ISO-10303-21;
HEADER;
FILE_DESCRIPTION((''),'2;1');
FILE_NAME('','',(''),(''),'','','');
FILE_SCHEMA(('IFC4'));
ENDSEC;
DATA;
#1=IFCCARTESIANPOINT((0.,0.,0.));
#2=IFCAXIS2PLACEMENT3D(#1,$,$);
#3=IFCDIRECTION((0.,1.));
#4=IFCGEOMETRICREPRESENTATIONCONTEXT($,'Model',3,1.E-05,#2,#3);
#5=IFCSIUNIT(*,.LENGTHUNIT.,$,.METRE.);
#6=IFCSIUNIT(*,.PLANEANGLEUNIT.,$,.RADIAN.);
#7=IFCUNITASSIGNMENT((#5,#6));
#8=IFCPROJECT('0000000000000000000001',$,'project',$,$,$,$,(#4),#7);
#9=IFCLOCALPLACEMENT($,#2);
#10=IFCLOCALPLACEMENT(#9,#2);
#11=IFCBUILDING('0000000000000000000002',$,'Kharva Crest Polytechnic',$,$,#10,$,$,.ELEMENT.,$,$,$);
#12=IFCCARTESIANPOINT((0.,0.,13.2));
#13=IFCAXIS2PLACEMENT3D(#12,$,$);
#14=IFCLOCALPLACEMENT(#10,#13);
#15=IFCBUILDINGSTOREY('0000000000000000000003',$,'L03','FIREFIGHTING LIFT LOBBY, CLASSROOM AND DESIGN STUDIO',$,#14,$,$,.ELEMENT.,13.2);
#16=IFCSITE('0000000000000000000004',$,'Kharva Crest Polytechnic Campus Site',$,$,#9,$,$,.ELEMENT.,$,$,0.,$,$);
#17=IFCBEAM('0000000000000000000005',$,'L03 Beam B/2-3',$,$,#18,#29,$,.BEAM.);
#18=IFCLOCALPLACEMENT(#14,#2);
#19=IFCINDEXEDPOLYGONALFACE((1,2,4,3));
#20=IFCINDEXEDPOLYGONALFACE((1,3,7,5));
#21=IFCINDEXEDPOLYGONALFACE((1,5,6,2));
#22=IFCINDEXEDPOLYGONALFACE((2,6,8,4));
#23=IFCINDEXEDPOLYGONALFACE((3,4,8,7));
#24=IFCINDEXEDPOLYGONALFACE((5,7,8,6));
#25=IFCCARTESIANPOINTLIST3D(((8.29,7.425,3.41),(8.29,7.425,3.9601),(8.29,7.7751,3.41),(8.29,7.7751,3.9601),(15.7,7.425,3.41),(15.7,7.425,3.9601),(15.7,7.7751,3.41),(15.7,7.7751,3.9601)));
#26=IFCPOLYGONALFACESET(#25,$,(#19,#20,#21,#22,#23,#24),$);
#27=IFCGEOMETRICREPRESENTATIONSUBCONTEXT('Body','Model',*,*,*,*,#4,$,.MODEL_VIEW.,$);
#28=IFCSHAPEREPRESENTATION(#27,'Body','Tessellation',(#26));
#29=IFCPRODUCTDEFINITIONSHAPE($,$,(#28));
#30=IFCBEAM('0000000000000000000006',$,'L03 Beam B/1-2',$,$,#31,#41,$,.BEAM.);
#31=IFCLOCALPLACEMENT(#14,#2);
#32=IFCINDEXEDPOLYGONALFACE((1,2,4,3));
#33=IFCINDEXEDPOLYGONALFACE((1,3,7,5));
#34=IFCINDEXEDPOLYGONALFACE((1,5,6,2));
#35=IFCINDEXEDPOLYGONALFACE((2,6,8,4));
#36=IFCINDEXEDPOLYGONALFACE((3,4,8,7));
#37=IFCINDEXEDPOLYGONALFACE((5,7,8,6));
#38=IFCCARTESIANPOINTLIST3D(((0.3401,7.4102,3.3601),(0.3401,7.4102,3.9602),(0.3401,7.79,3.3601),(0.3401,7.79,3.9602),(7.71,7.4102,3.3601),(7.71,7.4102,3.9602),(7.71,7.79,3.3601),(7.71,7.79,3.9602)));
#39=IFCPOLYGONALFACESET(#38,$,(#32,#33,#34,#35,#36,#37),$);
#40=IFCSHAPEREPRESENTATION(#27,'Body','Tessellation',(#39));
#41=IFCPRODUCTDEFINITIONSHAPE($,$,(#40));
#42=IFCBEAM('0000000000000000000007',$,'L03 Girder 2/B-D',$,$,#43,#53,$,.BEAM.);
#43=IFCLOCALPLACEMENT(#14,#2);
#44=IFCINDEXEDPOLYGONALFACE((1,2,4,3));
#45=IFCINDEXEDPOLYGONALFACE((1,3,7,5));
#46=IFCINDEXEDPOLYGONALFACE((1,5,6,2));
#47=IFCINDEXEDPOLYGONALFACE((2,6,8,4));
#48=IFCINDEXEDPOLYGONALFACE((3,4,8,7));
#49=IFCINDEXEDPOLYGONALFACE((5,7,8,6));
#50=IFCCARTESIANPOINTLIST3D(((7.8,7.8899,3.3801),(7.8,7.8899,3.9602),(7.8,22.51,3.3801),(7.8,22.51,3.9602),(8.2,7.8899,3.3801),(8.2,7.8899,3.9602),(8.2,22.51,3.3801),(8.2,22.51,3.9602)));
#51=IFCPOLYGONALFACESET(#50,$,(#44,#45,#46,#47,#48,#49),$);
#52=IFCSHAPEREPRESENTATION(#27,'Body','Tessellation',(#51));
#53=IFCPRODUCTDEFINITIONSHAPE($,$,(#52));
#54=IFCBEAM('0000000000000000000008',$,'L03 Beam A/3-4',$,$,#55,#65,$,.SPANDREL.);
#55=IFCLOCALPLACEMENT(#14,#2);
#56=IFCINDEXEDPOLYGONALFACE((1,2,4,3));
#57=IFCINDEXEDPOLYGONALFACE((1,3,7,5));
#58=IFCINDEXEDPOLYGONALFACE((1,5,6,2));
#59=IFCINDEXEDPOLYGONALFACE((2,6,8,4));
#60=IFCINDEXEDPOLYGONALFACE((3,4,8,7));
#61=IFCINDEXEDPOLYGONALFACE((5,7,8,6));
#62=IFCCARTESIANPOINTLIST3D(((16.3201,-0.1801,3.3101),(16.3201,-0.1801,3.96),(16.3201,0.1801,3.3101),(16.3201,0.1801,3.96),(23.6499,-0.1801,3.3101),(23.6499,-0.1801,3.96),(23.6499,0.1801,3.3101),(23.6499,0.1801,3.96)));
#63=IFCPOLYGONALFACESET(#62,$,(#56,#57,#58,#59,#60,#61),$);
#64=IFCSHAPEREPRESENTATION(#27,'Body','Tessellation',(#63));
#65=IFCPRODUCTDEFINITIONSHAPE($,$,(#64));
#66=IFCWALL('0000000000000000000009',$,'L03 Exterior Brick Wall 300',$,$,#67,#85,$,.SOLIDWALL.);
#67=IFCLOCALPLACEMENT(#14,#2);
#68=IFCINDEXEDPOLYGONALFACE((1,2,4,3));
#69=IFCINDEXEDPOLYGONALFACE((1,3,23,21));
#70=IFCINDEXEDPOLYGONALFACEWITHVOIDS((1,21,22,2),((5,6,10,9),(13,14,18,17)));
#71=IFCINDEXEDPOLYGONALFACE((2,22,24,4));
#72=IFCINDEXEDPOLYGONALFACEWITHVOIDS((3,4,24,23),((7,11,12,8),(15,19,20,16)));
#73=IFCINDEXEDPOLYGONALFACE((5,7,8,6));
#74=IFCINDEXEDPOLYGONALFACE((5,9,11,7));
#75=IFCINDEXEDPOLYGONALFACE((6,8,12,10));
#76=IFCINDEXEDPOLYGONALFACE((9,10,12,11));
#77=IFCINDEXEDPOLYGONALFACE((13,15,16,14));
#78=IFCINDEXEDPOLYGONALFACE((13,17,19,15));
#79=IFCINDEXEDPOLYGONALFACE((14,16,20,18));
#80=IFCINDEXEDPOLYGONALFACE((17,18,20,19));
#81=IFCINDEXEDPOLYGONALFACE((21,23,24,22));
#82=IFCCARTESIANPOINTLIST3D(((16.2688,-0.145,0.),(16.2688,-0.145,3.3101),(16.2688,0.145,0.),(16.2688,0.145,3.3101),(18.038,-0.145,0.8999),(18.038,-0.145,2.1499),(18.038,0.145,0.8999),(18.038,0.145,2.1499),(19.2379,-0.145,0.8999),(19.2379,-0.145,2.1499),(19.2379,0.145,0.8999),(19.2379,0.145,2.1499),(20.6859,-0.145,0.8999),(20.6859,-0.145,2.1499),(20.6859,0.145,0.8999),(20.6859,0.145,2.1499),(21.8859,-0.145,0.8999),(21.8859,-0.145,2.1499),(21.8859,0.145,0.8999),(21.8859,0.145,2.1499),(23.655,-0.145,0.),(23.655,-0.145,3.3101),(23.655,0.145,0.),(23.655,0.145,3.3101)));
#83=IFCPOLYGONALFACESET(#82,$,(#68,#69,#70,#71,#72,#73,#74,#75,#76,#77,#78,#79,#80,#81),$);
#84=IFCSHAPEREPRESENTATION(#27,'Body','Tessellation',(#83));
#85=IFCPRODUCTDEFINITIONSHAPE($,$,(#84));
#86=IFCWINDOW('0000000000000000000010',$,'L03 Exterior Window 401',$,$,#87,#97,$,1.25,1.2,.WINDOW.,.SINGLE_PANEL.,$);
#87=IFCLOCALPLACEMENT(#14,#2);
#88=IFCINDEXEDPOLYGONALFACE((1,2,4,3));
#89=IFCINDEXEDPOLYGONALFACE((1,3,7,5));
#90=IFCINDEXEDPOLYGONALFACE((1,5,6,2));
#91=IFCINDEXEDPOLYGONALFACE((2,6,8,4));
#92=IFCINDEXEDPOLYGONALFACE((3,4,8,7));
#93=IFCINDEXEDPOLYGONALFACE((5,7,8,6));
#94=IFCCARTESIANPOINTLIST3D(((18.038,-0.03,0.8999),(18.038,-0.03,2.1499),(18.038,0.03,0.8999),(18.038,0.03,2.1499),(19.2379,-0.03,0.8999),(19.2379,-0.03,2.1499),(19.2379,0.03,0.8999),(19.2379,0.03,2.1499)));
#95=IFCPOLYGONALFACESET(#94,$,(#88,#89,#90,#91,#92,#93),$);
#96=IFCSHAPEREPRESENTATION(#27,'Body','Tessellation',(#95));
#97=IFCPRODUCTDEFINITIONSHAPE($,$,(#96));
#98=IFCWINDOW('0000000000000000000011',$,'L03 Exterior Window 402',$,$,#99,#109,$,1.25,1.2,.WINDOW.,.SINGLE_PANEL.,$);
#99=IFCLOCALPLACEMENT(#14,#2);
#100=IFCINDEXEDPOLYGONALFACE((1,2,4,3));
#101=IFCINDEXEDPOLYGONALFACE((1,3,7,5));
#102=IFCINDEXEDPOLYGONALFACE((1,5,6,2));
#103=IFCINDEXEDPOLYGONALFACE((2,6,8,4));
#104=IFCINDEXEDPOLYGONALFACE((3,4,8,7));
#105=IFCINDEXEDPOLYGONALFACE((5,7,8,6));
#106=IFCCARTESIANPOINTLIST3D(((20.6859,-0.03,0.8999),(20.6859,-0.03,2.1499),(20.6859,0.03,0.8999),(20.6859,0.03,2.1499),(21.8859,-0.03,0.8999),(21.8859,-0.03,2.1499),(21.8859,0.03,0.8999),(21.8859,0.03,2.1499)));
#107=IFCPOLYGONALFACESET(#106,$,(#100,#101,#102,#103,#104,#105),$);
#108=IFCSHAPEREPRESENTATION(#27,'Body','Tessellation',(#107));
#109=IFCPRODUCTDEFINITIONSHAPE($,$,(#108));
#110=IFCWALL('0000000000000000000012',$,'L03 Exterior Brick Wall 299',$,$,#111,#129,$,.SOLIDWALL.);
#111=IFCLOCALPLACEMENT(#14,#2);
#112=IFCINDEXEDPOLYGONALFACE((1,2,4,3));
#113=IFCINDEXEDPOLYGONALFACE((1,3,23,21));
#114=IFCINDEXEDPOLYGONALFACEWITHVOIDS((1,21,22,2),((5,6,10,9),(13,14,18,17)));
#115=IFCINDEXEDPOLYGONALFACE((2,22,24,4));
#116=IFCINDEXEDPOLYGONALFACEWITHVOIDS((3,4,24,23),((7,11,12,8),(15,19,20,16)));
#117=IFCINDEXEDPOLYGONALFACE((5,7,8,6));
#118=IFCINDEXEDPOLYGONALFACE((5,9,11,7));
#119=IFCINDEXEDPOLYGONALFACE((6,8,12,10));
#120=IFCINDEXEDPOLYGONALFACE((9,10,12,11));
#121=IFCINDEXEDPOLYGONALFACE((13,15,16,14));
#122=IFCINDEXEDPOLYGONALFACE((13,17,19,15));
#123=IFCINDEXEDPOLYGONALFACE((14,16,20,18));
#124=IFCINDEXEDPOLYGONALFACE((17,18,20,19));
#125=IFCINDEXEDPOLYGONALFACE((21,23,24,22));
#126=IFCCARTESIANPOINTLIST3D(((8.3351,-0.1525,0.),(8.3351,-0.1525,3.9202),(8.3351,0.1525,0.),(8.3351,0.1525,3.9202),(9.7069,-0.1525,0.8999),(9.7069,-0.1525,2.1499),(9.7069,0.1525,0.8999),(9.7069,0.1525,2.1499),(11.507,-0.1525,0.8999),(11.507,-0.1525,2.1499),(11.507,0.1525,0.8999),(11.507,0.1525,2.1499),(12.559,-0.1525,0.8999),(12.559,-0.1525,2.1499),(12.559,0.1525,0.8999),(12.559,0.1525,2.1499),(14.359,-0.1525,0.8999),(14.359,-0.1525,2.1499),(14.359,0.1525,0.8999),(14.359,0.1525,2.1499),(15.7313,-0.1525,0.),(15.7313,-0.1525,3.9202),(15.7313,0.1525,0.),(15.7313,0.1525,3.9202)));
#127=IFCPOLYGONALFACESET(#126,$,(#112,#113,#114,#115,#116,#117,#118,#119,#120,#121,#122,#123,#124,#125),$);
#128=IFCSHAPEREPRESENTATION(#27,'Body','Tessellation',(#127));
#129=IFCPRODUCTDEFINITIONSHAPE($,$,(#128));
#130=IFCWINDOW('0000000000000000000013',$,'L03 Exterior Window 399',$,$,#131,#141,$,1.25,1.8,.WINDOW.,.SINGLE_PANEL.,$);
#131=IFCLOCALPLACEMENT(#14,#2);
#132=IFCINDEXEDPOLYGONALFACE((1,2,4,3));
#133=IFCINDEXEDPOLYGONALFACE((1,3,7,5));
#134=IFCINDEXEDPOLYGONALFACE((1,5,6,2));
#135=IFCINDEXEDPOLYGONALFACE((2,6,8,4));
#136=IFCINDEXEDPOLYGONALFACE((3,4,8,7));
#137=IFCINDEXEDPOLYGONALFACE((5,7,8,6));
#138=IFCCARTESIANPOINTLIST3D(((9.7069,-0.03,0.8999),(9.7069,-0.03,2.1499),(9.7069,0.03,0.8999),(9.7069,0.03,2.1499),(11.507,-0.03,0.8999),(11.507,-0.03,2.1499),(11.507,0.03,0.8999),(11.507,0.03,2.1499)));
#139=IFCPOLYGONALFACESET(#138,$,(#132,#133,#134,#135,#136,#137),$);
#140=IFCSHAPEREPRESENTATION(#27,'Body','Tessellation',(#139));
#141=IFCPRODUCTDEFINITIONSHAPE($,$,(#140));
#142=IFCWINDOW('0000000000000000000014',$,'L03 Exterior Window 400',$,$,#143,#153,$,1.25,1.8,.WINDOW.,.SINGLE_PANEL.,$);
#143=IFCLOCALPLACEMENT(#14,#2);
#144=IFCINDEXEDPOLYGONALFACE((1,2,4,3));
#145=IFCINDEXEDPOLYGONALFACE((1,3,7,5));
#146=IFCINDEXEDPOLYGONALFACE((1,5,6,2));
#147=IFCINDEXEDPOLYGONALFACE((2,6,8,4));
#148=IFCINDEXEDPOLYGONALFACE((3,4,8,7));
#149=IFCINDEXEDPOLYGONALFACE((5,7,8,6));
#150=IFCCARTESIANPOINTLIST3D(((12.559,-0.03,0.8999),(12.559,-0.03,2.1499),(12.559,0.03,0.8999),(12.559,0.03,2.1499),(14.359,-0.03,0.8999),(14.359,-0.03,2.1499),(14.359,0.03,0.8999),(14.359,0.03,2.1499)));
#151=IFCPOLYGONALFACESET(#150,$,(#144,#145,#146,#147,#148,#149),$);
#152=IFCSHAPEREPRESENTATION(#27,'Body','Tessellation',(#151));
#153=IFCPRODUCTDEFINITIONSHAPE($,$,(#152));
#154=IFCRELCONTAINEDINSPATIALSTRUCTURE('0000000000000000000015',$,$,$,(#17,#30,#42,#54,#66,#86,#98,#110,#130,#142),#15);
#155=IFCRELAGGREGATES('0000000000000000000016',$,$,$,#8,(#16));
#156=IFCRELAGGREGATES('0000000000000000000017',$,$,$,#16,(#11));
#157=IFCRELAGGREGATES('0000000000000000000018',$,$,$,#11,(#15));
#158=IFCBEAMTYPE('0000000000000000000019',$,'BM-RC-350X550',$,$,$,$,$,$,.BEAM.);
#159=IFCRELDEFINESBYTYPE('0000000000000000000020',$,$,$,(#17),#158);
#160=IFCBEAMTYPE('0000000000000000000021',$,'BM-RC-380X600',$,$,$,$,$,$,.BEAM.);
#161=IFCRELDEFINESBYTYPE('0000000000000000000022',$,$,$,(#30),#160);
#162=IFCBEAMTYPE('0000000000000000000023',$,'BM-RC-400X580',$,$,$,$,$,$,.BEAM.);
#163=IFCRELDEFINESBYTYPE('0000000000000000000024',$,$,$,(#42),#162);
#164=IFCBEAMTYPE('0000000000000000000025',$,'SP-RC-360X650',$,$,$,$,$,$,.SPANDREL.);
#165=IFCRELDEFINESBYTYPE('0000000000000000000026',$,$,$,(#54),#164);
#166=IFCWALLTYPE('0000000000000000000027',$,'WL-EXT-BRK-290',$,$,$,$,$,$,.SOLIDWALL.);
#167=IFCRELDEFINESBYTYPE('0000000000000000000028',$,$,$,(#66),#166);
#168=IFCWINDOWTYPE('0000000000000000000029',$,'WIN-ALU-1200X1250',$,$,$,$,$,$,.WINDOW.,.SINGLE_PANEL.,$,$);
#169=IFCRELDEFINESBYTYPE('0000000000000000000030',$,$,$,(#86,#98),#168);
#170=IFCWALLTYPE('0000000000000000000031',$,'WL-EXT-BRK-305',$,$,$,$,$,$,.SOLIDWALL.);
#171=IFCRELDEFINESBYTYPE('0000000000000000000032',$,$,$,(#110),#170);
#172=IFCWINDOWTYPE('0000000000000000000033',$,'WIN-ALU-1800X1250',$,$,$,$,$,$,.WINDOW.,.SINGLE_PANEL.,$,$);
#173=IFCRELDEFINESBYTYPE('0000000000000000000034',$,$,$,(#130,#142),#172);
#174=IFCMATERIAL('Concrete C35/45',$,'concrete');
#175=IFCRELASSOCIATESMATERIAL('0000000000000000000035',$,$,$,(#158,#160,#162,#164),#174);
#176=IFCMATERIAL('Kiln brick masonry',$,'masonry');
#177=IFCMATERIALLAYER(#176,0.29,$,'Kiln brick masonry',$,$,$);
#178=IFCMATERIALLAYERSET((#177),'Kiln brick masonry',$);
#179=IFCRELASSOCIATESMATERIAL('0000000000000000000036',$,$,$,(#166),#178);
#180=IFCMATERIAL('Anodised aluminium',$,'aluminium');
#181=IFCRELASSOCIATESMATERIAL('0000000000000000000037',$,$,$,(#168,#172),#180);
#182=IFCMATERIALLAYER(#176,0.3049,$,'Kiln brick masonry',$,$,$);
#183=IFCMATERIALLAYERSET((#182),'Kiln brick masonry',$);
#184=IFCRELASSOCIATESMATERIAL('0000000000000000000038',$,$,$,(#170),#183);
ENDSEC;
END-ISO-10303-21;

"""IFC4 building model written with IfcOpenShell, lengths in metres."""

from ifc_helpers import new_model, si_unit, direction, frame, frame_2d, origin, origin_2d, place, context, subcontext, project, spatial, rectangle, extrude, material, layer, layer_set, material_profile, profile_set, type_object, element, fill, save


model = new_model("IFC4")

# Units and contexts
model_context = context("Model", 3, precision=1e-05, world=origin(), true_north=direction((0.0, 1.0)))
body_context = subcontext(model_context, "Body", "Model", "MODEL_VIEW")
ifc_project = project(units=[si_unit("LENGTHUNIT", "METRE"), si_unit("PLANEANGLEUNIT", "RADIAN")], contexts=[model_context])

# Site, building, storey
site_placement = place(None, origin())
site = spatial("IfcSite", under=ifc_project, at=site_placement, Name="Kharva Crest Polytechnic Campus Site", CompositionType="ELEMENT", RefElevation=0.0)
building_placement = place(site_placement, origin())
building = spatial("IfcBuilding", under=site, at=building_placement, Name="Kharva Crest Polytechnic", CompositionType="ELEMENT")
storey_placement = place(building_placement, frame((0.0, 0.0, 13.2)))
storey = spatial("IfcBuildingStorey", under=building, at=storey_placement, Name="L03", Description="FIREFIGHTING LIFT LOBBY, CLASSROOM AND DESIGN STUDIO", CompositionType="ELEMENT", Elevation=13.2)

# Beams
ifc_material_1 = material(Name="Concrete C35/45", Category="concrete")
ifc_material_profile_1 = material_profile(ifc_material_1, rectangle(XDim=0.3501, YDim=0.55, at=origin_2d()), Name="RECT 350 X 550")
ifc_profile_set_1 = profile_set([ifc_material_profile_1], Name="Concrete C35/45")
beam_type_1 = type_object("IfcBeamType", Name="BM-RC-350X550", PredefinedType="BEAM", material=ifc_profile_set_1)
beam_1_placement = place(storey_placement, frame((8.29, 7.6001, 3.6851), z_axis=(1.0, 0.0, 0.0), x_axis=(0.0, 1.0, 0.0)))
element("IfcBeam", 1, at=beam_1_placement, inside=storey, type_object=beam_type_1, Name="L03 Beam B/2-3", PredefinedType="BEAM", context=body_context, shape_type="SweptSolid", body=[
    extrude(rectangle(XDim=0.3501, YDim=0.55, at=origin_2d()), origin(), (0.0, 0.0, 1.0), 7.4099),
])
ifc_material_profile_2 = material_profile(ifc_material_1, rectangle(XDim=0.3799, YDim=0.6001, at=origin_2d()), Name="RECT 380 X 600")
ifc_profile_set_2 = profile_set([ifc_material_profile_2], Name="Concrete C35/45")
beam_type_2 = type_object("IfcBeamType", Name="BM-RC-380X600", PredefinedType="BEAM", material=ifc_profile_set_2)
beam_2_placement = place(storey_placement, frame((0.3401, 7.6001, 3.6602), z_axis=(1.0, 0.0, 0.0), x_axis=(0.0, 1.0, 0.0)))
element("IfcBeam", 2, at=beam_2_placement, inside=storey, type_object=beam_type_2, Name="L03 Beam B/1-2", PredefinedType="BEAM", context=body_context, shape_type="SweptSolid", body=[
    extrude(rectangle(XDim=0.3799, YDim=0.6001, at=origin_2d()), origin(), (0.0, 0.0, 1.0), 7.3699),
])
ifc_material_profile_3 = material_profile(ifc_material_1, rectangle(XDim=0.3999, YDim=0.5801, at=origin_2d()), Name="RECT 400 X 580")
ifc_profile_set_3 = profile_set([ifc_material_profile_3], Name="Concrete C35/45")
beam_type_3 = type_object("IfcBeamType", Name="BM-RC-400X580", PredefinedType="BEAM", material=ifc_profile_set_3)
beam_3_placement = place(storey_placement, frame((8.0, 7.8899, 3.6702), z_axis=(0.0, 1.0, 0.0), x_axis=(-1.0, 0.0, 0.0)))
element("IfcBeam", 3, at=beam_3_placement, inside=storey, type_object=beam_type_3, Name="L03 Girder 2/B-D", PredefinedType="BEAM", context=body_context, shape_type="SweptSolid", body=[
    extrude(rectangle(XDim=0.3999, YDim=0.5801, at=origin_2d()), origin(), (0.0, 0.0, 1.0), 14.6201),
])
ifc_material_profile_4 = material_profile(ifc_material_1, rectangle(XDim=0.3601, YDim=0.6499, at=origin_2d()), Name="RECT 360 X 650")
ifc_profile_set_4 = profile_set([ifc_material_profile_4], Name="Concrete C35/45")
beam_type_4 = type_object("IfcBeamType", Name="SP-RC-360X650", PredefinedType="SPANDREL", material=ifc_profile_set_4)
beam_4_placement = place(storey_placement, frame((16.3201, 0.0, 3.635), z_axis=(1.0, 0.0, 0.0), x_axis=(0.0, 1.0, 0.0)))
element("IfcBeam", 4, at=beam_4_placement, inside=storey, type_object=beam_type_4, Name="L03 Beam A/3-4", PredefinedType="SPANDREL", context=body_context, shape_type="SweptSolid", body=[
    extrude(rectangle(XDim=0.3601, YDim=0.6499, at=origin_2d()), origin(), (0.0, 0.0, 1.0), 7.3298),
])

# Walls, openings, windows
ifc_material_2 = material(Name="Kiln brick masonry", Category="masonry")
ifc_layer_1 = layer(ifc_material_2, 0.29, Name="Kiln brick masonry")
ifc_layer_set_1 = layer_set([ifc_layer_1], Name="Kiln brick masonry")
wall_type_1 = type_object("IfcWallType", Name="WL-EXT-BRK-290", PredefinedType="SOLIDWALL", material=ifc_layer_set_1)
wall_1_placement = place(storey_placement, frame((16.2688, 0.0, 0.0), z_axis=(0.0, 0.0, 1.0), x_axis=(1.0, 0.0, 0.0)))
wall_1 = element("IfcWall", 5, at=wall_1_placement, inside=storey, type_object=wall_type_1, Name="L03 Exterior Brick Wall 300", PredefinedType="SOLIDWALL", context=body_context, shape_type="SweptSolid", body=[
    extrude(rectangle(XDim=7.3862, YDim=0.29, at=frame_2d((3.6931, 0.0))), origin(), (0.0, 0.0, 1.0), 3.3101),
])
opening_1_placement = place(wall_1_placement, frame((1.769, 0.0, 0.8999)))
opening_1 = element("IfcOpeningElement", 6, at=opening_1_placement, cuts=wall_1, PredefinedType="OPENING", context=body_context, shape_type="SweptSolid", body=[
    extrude(rectangle(XDim=1.2, YDim=1.25, at=frame_2d((0.6001, 0.625))), frame((0.0, 0.155, 0.0), z_axis=(0.0, -1.0, 0.0), x_axis=(1.0, 0.0, 0.0)), (0.0, 0.0, 1.0), 0.3101),
])
opening_2_placement = place(wall_1_placement, frame((4.417, 0.0, 0.8999)))
opening_2 = element("IfcOpeningElement", 7, at=opening_2_placement, cuts=wall_1, PredefinedType="OPENING", context=body_context, shape_type="SweptSolid", body=[
    extrude(rectangle(XDim=1.2, YDim=1.25, at=frame_2d((0.6001, 0.625))), frame((0.0, 0.155, 0.0), z_axis=(0.0, -1.0, 0.0), x_axis=(1.0, 0.0, 0.0)), (0.0, 0.0, 1.0), 0.3101),
])
ifc_material_3 = material(Name="Anodised aluminium", Category="aluminium")
window_type_1 = type_object("IfcWindowType", Name="WIN-ALU-1200X1250", PartitioningType="SINGLE_PANEL", PredefinedType="WINDOW", material=ifc_material_3)
window_1_placement = place(opening_1_placement, origin())
window_1 = element("IfcWindow", 8, at=window_1_placement, inside=storey, type_object=window_type_1, Name="L03 Exterior Window 401", OverallHeight=1.25, OverallWidth=1.2, PartitioningType="SINGLE_PANEL", PredefinedType="WINDOW", context=body_context, shape_type="SweptSolid", body=[
    extrude(rectangle(XDim=1.2, YDim=1.25, at=frame_2d((0.6001, 0.625))), frame((0.0, 0.03, 0.0), z_axis=(0.0, -1.0, 0.0), x_axis=(1.0, 0.0, 0.0)), (0.0, 0.0, 1.0), 0.0601),
])
fill(opening_1, window_1)
window_2_placement = place(opening_2_placement, origin())
window_2 = element("IfcWindow", 9, at=window_2_placement, inside=storey, type_object=window_type_1, Name="L03 Exterior Window 402", OverallHeight=1.25, OverallWidth=1.2, PartitioningType="SINGLE_PANEL", PredefinedType="WINDOW", context=body_context, shape_type="SweptSolid", body=[
    extrude(rectangle(XDim=1.2, YDim=1.25, at=frame_2d((0.6001, 0.625))), frame((0.0, 0.03, 0.0), z_axis=(0.0, -1.0, 0.0), x_axis=(1.0, 0.0, 0.0)), (0.0, 0.0, 1.0), 0.0601),
])
fill(opening_2, window_2)
ifc_layer_2 = layer(ifc_material_2, 0.3049, Name="Kiln brick masonry")
ifc_layer_set_2 = layer_set([ifc_layer_2], Name="Kiln brick masonry")
wall_type_2 = type_object("IfcWallType", Name="WL-EXT-BRK-305", PredefinedType="SOLIDWALL", material=ifc_layer_set_2)
wall_2_placement = place(storey_placement, frame((8.335, 0.0, 0.0), z_axis=(0.0, 0.0, 1.0), x_axis=(1.0, 0.0, 0.0)))
wall_2 = element("IfcWall", 10, at=wall_2_placement, inside=storey, type_object=wall_type_2, Name="L03 Exterior Brick Wall 299", PredefinedType="SOLIDWALL", context=body_context, shape_type="SweptSolid", body=[
    extrude(rectangle(XDim=7.3962, YDim=0.3049, at=frame_2d((3.6982, 0.0))), origin(), (0.0, 0.0, 1.0), 3.9202),
])
opening_3_placement = place(wall_2_placement, frame((1.3721, 0.0, 0.8999)))
opening_3 = element("IfcOpeningElement", 11, at=opening_3_placement, cuts=wall_2, PredefinedType="OPENING", context=body_context, shape_type="SweptSolid", body=[
    extrude(rectangle(XDim=1.8, YDim=1.25, at=frame_2d((0.8999, 0.625))), frame((0.0, 0.1624, 0.0), z_axis=(0.0, -1.0, 0.0), x_axis=(1.0, 0.0, 0.0)), (0.0, 0.0, 1.0), 0.325),
])
opening_4_placement = place(wall_2_placement, frame((4.2241, 0.0, 0.8999)))
opening_4 = element("IfcOpeningElement", 12, at=opening_4_placement, cuts=wall_2, PredefinedType="OPENING", context=body_context, shape_type="SweptSolid", body=[
    extrude(rectangle(XDim=1.8, YDim=1.25, at=frame_2d((0.8999, 0.625))), frame((0.0, 0.1624, 0.0), z_axis=(0.0, -1.0, 0.0), x_axis=(1.0, 0.0, 0.0)), (0.0, 0.0, 1.0), 0.325),
])
window_type_2 = type_object("IfcWindowType", Name="WIN-ALU-1800X1250", PartitioningType="SINGLE_PANEL", PredefinedType="WINDOW", material=ifc_material_3)
window_3_placement = place(opening_3_placement, origin())
window_3 = element("IfcWindow", 13, at=window_3_placement, inside=storey, type_object=window_type_2, Name="L03 Exterior Window 399", OverallHeight=1.25, OverallWidth=1.8, PartitioningType="SINGLE_PANEL", PredefinedType="WINDOW", context=body_context, shape_type="SweptSolid", body=[
    extrude(rectangle(XDim=1.8, YDim=1.25, at=frame_2d((0.8999, 0.625))), frame((0.0, 0.03, 0.0), z_axis=(0.0, -1.0, 0.0), x_axis=(1.0, 0.0, 0.0)), (0.0, 0.0, 1.0), 0.0601),
])
fill(opening_3, window_3)
window_4_placement = place(opening_4_placement, origin())
window_4 = element("IfcWindow", 14, at=window_4_placement, inside=storey, type_object=window_type_2, Name="L03 Exterior Window 400", OverallHeight=1.25, OverallWidth=1.8, PartitioningType="SINGLE_PANEL", PredefinedType="WINDOW", context=body_context, shape_type="SweptSolid", body=[
    extrude(rectangle(XDim=1.8, YDim=1.25, at=frame_2d((0.8999, 0.625))), frame((0.0, 0.03, 0.0), z_axis=(0.0, -1.0, 0.0), x_axis=(1.0, 0.0, 0.0)), (0.0, 0.0, 1.0), 0.0601),
])
fill(opening_4, window_4)

save(model, "model.ifc")
